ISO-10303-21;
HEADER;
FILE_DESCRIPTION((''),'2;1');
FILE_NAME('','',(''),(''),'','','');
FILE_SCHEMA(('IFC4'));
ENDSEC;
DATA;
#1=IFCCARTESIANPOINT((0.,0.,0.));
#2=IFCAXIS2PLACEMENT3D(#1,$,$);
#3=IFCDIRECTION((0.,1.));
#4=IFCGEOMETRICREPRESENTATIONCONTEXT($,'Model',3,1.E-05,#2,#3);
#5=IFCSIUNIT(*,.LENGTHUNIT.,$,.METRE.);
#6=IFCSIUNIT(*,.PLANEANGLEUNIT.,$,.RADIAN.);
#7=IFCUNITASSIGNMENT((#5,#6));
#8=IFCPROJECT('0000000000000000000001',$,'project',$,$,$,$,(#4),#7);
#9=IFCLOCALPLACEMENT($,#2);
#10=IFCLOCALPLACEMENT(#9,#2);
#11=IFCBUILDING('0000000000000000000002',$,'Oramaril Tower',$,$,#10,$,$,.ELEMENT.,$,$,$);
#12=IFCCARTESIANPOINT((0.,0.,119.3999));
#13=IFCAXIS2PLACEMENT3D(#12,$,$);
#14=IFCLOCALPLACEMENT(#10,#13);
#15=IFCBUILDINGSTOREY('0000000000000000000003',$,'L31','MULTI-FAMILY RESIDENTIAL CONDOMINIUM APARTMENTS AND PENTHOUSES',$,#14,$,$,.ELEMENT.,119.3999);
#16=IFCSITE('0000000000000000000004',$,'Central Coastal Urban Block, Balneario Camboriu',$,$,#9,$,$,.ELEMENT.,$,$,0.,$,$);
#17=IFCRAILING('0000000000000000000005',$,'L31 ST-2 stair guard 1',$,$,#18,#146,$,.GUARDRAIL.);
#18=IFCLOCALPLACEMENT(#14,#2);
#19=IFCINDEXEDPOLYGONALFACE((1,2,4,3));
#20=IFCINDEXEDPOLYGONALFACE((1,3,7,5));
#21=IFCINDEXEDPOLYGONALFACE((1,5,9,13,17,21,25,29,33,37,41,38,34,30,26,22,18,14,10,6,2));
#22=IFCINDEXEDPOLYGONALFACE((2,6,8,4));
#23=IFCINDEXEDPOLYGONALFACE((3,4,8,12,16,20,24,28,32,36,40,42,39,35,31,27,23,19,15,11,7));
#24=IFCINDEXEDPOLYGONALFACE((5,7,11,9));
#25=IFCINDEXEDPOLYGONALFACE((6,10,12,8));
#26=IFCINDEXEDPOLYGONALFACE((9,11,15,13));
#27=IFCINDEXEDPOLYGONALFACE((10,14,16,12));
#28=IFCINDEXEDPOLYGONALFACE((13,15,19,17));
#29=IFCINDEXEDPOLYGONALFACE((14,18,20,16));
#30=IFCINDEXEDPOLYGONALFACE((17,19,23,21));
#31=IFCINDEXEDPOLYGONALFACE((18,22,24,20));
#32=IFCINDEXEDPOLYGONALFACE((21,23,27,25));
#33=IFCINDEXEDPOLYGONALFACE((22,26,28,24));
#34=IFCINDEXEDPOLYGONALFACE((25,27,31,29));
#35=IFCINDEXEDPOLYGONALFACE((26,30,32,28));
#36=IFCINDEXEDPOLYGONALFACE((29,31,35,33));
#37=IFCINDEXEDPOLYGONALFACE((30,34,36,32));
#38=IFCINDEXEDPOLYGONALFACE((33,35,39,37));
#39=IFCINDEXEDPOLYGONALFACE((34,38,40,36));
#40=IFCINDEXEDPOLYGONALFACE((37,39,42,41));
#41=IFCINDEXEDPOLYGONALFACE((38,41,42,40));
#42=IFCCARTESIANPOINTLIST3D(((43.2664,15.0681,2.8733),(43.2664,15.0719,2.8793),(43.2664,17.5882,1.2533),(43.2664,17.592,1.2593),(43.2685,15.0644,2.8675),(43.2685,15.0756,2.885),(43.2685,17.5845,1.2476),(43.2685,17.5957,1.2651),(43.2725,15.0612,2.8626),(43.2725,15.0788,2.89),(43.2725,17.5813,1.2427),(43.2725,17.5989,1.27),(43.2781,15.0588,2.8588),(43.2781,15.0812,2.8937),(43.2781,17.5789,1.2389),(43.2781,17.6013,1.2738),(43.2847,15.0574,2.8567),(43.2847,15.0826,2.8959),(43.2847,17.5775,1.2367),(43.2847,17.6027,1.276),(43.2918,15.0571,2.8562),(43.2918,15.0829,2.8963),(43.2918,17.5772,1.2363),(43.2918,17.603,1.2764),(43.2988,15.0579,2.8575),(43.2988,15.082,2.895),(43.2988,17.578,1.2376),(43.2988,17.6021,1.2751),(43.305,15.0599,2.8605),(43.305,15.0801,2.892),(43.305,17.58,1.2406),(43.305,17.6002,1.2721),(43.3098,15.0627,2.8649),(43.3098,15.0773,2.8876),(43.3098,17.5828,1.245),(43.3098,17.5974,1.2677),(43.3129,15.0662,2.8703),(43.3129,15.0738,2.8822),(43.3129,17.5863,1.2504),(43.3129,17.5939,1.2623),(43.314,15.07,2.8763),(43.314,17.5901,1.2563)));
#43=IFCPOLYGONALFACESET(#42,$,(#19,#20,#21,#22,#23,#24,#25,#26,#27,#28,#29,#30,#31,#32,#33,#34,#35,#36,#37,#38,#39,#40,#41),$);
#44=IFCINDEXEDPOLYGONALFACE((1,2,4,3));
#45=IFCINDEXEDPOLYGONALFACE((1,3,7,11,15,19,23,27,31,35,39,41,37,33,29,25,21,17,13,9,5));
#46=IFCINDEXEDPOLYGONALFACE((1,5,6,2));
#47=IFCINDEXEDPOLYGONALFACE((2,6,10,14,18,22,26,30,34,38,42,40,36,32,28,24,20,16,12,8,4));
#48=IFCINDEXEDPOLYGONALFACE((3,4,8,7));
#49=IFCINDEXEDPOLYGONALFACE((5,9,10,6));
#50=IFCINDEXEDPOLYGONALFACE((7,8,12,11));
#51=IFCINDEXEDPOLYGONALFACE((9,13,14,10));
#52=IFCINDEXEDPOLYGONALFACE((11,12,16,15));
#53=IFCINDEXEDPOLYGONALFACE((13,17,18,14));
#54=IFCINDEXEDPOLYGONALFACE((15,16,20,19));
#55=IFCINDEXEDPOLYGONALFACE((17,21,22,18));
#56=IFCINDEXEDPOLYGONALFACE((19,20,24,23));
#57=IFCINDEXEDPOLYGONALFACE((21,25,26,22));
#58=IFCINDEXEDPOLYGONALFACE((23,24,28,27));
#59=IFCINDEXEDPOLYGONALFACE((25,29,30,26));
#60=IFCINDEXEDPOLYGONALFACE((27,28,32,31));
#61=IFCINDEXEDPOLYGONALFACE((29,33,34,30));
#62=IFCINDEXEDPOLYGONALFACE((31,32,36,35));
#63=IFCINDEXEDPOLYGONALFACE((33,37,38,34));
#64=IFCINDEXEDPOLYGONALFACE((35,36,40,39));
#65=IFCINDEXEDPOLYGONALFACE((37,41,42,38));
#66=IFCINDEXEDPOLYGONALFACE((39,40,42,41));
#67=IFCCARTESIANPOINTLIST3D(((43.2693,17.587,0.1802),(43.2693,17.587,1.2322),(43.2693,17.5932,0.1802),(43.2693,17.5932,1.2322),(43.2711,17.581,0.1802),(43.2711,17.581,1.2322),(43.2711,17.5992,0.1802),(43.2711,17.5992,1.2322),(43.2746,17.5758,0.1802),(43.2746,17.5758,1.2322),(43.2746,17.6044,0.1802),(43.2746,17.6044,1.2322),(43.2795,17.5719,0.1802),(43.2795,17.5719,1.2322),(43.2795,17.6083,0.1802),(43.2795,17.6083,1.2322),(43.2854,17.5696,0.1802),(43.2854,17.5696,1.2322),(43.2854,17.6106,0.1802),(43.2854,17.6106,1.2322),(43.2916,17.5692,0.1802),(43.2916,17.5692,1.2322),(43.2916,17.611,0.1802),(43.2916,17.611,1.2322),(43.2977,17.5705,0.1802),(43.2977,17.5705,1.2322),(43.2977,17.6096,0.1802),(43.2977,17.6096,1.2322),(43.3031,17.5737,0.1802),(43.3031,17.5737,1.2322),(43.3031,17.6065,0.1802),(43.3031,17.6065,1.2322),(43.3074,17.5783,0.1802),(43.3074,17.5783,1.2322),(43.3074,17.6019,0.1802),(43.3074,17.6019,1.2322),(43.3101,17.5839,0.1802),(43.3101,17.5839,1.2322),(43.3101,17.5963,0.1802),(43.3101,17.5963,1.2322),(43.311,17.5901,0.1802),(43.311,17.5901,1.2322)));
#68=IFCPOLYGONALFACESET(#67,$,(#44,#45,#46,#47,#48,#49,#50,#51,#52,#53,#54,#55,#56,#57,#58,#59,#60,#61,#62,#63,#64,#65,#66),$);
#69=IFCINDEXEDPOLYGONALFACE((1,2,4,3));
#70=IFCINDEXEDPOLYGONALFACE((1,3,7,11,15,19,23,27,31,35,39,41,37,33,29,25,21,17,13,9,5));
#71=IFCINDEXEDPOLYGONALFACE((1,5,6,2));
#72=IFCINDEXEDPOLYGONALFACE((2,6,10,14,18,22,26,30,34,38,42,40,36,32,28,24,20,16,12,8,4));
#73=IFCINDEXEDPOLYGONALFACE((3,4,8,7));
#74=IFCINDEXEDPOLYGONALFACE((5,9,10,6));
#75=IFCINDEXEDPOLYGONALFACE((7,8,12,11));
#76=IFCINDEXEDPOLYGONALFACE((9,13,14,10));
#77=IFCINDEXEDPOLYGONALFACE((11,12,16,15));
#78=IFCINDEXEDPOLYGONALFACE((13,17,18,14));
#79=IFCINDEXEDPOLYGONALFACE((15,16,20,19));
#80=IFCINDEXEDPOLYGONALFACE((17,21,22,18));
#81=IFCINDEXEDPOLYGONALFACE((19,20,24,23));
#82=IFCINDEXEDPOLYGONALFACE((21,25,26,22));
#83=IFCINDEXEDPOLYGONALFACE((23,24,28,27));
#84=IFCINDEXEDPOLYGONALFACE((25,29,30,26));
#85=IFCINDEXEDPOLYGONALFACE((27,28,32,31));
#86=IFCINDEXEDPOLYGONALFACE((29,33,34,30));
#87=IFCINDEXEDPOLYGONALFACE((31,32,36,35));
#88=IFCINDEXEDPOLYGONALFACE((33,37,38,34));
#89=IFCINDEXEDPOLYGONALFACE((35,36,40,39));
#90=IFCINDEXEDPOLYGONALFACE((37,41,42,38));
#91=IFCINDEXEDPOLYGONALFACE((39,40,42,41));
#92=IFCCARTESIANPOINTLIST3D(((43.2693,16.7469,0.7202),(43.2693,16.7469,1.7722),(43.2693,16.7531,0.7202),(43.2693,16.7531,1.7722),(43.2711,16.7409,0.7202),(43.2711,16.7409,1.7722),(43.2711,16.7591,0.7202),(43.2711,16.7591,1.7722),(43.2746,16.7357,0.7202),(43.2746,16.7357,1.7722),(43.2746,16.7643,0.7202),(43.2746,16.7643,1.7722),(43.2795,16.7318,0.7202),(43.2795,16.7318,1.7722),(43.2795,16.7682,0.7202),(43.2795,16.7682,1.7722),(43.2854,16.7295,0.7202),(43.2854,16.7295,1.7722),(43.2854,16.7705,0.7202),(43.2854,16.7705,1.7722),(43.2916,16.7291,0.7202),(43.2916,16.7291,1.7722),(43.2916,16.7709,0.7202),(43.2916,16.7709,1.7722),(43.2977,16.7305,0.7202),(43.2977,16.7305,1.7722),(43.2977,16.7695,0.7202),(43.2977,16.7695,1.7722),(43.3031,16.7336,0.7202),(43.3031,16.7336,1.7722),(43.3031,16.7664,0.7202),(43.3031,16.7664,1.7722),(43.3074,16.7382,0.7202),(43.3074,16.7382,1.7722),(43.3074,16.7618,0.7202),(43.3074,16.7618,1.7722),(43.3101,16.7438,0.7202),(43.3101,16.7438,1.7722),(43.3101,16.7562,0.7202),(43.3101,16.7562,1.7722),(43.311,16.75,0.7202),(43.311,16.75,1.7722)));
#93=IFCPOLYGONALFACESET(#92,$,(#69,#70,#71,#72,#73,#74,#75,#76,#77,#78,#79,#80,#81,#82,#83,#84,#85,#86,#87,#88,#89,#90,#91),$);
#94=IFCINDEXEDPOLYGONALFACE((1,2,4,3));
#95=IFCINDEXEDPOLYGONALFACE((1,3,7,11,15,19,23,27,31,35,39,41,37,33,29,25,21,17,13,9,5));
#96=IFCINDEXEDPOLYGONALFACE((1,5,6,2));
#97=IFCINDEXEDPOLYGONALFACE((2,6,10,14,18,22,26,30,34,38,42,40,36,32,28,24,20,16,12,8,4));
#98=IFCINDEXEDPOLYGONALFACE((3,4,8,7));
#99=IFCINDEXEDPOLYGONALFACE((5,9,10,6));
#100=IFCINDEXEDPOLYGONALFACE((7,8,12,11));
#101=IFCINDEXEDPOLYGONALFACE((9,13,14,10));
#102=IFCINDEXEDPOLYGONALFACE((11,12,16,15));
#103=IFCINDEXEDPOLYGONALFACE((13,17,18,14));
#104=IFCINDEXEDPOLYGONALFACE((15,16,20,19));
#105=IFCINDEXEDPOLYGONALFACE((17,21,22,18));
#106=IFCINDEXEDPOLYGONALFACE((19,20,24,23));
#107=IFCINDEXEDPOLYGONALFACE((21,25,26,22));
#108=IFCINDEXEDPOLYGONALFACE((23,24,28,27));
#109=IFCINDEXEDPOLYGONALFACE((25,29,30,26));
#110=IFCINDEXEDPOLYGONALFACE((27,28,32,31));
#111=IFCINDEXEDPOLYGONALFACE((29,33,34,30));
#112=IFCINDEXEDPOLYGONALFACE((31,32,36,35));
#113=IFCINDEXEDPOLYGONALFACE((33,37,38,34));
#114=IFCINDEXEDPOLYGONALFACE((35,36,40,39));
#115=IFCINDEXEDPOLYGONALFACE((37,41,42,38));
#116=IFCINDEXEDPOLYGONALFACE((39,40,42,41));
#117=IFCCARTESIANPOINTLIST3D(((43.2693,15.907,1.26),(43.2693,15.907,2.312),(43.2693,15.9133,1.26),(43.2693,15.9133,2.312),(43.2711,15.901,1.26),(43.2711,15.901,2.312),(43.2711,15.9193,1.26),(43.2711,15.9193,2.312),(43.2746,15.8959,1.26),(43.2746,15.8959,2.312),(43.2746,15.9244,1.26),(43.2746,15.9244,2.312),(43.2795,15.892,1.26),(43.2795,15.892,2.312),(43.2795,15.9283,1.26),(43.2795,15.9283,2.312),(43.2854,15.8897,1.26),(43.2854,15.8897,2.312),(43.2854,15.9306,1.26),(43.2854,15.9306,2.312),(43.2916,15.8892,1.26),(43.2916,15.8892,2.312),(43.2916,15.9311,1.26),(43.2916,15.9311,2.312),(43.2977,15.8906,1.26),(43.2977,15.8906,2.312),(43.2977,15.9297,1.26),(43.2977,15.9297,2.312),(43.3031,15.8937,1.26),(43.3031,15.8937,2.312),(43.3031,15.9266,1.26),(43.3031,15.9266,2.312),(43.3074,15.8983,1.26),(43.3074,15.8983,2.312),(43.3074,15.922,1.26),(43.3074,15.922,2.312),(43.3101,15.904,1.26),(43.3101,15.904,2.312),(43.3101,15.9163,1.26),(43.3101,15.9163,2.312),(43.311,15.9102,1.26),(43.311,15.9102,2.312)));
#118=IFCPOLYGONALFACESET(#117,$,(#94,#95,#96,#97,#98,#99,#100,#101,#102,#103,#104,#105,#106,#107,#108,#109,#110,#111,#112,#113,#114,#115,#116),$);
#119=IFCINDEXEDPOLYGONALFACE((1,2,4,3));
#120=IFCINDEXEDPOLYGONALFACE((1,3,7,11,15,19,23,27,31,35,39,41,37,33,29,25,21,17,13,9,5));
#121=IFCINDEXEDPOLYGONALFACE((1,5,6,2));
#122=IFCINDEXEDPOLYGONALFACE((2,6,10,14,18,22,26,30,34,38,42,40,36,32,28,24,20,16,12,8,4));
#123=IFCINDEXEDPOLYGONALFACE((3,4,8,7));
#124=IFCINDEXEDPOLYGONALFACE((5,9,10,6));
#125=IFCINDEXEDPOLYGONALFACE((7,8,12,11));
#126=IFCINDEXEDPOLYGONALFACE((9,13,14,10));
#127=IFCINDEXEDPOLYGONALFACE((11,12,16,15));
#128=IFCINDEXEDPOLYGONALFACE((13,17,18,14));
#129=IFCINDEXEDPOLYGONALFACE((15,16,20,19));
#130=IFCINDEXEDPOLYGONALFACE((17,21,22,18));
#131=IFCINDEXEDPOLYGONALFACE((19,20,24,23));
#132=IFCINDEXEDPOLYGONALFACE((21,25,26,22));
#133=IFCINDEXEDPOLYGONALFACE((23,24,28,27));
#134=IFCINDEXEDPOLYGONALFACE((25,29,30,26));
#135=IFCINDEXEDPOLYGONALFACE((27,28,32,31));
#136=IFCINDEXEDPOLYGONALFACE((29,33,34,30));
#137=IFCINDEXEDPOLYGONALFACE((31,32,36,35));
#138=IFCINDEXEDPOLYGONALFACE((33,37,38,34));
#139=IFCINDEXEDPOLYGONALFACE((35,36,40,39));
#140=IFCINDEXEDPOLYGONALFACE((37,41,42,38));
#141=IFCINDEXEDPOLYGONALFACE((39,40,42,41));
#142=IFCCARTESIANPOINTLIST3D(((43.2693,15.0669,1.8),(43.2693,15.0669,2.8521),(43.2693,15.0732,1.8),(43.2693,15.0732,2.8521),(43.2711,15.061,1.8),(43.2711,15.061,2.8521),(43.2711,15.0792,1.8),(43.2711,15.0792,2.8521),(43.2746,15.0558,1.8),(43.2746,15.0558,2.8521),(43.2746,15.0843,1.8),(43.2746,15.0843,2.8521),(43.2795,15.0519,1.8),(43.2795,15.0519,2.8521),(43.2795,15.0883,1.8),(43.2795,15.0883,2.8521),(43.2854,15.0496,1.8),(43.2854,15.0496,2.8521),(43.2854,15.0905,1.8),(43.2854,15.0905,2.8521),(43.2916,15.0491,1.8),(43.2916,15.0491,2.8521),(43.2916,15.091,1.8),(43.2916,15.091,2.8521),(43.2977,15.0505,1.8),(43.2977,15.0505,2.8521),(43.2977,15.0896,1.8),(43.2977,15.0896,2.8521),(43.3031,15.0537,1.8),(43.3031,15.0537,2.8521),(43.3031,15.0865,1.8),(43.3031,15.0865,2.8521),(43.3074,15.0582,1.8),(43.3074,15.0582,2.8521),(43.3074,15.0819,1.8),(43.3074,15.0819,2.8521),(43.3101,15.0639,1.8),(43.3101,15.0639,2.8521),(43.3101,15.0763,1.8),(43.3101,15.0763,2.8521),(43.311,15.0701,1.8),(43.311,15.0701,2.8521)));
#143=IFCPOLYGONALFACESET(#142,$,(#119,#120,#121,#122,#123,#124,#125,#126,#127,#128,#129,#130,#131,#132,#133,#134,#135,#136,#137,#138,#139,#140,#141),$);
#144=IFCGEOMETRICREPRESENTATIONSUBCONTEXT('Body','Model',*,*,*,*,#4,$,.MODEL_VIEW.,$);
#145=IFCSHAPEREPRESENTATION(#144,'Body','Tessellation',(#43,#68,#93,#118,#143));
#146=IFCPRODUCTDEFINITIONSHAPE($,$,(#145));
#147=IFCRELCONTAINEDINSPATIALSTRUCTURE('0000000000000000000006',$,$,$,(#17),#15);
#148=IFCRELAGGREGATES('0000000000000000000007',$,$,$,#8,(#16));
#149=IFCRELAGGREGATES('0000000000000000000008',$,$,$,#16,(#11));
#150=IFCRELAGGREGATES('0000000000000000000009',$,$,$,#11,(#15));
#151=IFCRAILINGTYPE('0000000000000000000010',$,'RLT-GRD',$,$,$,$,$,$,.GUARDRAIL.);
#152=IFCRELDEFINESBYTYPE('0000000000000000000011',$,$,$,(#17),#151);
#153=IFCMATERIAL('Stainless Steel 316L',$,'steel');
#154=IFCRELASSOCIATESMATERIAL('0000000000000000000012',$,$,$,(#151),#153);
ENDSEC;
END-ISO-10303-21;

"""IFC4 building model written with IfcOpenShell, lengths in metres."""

from ifc_helpers import new_model, si_unit, direction, frame, origin, origin_2d, place, context, subcontext, project, spatial, circle, extrude, material, type_object, element, save


model = new_model("IFC4")

# Units and contexts
model_context = context("Model", 3, precision=1e-05, world=origin(), true_north=direction((0.0, 1.0)))
body_context = subcontext(model_context, "Body", "Model", "MODEL_VIEW")
ifc_project = project(units=[si_unit("LENGTHUNIT", "METRE"), si_unit("PLANEANGLEUNIT", "RADIAN")], contexts=[model_context])

# Site, building, storey
site_placement = place(None, origin())
site = spatial("IfcSite", under=ifc_project, at=site_placement, Name="Central Coastal Urban Block, Balneario Camboriu", CompositionType="ELEMENT", RefElevation=0.0)
building_placement = place(site_placement, origin())
building = spatial("IfcBuilding", under=site, at=building_placement, Name="Oramaril Tower", CompositionType="ELEMENT")
storey_placement = place(building_placement, frame((0.0, 0.0, 119.3999)))
storey = spatial("IfcBuildingStorey", under=building, at=storey_placement, Name="L31", Description="MULTI-FAMILY RESIDENTIAL CONDOMINIUM APARTMENTS AND PENTHOUSES", CompositionType="ELEMENT", Elevation=119.3999)

# Railing
ifc_material_1 = material(Name="Stainless Steel 316L", Category="steel")
railing_type_1 = type_object("IfcRailingType", Name="RLT-GRD", PredefinedType="GUARDRAIL", material=ifc_material_1)
railing_1_placement = place(storey_placement, frame((43.29, 17.5901, 0.1802)))
element("IfcRailing", 1, at=railing_1_placement, inside=storey, type_object=railing_type_1, Name="L31 ST-2 stair guard 1", PredefinedType="GUARDRAIL", context=body_context, shape_type="SweptSolid", body=[
    extrude(circle(Radius=0.0239, at=origin_2d()), frame((0.0, 0.0, 1.0762), z_axis=(0.0, -0.8412, 0.540725), x_axis=(1.0, 0.0, 0.0)), (0.0, 0.0, 1.0), 2.9958),
    extrude(circle(Radius=0.021, at=origin_2d()), origin(), (0.0, 0.0, 1.0), 1.052),
    extrude(circle(Radius=0.021, at=origin_2d()), frame((0.0, -0.8401, 0.54)), (0.0, 0.0, 1.0), 1.052),
    extrude(circle(Radius=0.021, at=origin_2d()), frame((0.0, -1.6799, 1.0798)), (0.0, 0.0, 1.0), 1.052),
    extrude(circle(Radius=0.021, at=origin_2d()), frame((0.0, -2.52, 1.6199)), (0.0, 0.0, 1.0), 1.052),
])

save(model, "model.ifc")
